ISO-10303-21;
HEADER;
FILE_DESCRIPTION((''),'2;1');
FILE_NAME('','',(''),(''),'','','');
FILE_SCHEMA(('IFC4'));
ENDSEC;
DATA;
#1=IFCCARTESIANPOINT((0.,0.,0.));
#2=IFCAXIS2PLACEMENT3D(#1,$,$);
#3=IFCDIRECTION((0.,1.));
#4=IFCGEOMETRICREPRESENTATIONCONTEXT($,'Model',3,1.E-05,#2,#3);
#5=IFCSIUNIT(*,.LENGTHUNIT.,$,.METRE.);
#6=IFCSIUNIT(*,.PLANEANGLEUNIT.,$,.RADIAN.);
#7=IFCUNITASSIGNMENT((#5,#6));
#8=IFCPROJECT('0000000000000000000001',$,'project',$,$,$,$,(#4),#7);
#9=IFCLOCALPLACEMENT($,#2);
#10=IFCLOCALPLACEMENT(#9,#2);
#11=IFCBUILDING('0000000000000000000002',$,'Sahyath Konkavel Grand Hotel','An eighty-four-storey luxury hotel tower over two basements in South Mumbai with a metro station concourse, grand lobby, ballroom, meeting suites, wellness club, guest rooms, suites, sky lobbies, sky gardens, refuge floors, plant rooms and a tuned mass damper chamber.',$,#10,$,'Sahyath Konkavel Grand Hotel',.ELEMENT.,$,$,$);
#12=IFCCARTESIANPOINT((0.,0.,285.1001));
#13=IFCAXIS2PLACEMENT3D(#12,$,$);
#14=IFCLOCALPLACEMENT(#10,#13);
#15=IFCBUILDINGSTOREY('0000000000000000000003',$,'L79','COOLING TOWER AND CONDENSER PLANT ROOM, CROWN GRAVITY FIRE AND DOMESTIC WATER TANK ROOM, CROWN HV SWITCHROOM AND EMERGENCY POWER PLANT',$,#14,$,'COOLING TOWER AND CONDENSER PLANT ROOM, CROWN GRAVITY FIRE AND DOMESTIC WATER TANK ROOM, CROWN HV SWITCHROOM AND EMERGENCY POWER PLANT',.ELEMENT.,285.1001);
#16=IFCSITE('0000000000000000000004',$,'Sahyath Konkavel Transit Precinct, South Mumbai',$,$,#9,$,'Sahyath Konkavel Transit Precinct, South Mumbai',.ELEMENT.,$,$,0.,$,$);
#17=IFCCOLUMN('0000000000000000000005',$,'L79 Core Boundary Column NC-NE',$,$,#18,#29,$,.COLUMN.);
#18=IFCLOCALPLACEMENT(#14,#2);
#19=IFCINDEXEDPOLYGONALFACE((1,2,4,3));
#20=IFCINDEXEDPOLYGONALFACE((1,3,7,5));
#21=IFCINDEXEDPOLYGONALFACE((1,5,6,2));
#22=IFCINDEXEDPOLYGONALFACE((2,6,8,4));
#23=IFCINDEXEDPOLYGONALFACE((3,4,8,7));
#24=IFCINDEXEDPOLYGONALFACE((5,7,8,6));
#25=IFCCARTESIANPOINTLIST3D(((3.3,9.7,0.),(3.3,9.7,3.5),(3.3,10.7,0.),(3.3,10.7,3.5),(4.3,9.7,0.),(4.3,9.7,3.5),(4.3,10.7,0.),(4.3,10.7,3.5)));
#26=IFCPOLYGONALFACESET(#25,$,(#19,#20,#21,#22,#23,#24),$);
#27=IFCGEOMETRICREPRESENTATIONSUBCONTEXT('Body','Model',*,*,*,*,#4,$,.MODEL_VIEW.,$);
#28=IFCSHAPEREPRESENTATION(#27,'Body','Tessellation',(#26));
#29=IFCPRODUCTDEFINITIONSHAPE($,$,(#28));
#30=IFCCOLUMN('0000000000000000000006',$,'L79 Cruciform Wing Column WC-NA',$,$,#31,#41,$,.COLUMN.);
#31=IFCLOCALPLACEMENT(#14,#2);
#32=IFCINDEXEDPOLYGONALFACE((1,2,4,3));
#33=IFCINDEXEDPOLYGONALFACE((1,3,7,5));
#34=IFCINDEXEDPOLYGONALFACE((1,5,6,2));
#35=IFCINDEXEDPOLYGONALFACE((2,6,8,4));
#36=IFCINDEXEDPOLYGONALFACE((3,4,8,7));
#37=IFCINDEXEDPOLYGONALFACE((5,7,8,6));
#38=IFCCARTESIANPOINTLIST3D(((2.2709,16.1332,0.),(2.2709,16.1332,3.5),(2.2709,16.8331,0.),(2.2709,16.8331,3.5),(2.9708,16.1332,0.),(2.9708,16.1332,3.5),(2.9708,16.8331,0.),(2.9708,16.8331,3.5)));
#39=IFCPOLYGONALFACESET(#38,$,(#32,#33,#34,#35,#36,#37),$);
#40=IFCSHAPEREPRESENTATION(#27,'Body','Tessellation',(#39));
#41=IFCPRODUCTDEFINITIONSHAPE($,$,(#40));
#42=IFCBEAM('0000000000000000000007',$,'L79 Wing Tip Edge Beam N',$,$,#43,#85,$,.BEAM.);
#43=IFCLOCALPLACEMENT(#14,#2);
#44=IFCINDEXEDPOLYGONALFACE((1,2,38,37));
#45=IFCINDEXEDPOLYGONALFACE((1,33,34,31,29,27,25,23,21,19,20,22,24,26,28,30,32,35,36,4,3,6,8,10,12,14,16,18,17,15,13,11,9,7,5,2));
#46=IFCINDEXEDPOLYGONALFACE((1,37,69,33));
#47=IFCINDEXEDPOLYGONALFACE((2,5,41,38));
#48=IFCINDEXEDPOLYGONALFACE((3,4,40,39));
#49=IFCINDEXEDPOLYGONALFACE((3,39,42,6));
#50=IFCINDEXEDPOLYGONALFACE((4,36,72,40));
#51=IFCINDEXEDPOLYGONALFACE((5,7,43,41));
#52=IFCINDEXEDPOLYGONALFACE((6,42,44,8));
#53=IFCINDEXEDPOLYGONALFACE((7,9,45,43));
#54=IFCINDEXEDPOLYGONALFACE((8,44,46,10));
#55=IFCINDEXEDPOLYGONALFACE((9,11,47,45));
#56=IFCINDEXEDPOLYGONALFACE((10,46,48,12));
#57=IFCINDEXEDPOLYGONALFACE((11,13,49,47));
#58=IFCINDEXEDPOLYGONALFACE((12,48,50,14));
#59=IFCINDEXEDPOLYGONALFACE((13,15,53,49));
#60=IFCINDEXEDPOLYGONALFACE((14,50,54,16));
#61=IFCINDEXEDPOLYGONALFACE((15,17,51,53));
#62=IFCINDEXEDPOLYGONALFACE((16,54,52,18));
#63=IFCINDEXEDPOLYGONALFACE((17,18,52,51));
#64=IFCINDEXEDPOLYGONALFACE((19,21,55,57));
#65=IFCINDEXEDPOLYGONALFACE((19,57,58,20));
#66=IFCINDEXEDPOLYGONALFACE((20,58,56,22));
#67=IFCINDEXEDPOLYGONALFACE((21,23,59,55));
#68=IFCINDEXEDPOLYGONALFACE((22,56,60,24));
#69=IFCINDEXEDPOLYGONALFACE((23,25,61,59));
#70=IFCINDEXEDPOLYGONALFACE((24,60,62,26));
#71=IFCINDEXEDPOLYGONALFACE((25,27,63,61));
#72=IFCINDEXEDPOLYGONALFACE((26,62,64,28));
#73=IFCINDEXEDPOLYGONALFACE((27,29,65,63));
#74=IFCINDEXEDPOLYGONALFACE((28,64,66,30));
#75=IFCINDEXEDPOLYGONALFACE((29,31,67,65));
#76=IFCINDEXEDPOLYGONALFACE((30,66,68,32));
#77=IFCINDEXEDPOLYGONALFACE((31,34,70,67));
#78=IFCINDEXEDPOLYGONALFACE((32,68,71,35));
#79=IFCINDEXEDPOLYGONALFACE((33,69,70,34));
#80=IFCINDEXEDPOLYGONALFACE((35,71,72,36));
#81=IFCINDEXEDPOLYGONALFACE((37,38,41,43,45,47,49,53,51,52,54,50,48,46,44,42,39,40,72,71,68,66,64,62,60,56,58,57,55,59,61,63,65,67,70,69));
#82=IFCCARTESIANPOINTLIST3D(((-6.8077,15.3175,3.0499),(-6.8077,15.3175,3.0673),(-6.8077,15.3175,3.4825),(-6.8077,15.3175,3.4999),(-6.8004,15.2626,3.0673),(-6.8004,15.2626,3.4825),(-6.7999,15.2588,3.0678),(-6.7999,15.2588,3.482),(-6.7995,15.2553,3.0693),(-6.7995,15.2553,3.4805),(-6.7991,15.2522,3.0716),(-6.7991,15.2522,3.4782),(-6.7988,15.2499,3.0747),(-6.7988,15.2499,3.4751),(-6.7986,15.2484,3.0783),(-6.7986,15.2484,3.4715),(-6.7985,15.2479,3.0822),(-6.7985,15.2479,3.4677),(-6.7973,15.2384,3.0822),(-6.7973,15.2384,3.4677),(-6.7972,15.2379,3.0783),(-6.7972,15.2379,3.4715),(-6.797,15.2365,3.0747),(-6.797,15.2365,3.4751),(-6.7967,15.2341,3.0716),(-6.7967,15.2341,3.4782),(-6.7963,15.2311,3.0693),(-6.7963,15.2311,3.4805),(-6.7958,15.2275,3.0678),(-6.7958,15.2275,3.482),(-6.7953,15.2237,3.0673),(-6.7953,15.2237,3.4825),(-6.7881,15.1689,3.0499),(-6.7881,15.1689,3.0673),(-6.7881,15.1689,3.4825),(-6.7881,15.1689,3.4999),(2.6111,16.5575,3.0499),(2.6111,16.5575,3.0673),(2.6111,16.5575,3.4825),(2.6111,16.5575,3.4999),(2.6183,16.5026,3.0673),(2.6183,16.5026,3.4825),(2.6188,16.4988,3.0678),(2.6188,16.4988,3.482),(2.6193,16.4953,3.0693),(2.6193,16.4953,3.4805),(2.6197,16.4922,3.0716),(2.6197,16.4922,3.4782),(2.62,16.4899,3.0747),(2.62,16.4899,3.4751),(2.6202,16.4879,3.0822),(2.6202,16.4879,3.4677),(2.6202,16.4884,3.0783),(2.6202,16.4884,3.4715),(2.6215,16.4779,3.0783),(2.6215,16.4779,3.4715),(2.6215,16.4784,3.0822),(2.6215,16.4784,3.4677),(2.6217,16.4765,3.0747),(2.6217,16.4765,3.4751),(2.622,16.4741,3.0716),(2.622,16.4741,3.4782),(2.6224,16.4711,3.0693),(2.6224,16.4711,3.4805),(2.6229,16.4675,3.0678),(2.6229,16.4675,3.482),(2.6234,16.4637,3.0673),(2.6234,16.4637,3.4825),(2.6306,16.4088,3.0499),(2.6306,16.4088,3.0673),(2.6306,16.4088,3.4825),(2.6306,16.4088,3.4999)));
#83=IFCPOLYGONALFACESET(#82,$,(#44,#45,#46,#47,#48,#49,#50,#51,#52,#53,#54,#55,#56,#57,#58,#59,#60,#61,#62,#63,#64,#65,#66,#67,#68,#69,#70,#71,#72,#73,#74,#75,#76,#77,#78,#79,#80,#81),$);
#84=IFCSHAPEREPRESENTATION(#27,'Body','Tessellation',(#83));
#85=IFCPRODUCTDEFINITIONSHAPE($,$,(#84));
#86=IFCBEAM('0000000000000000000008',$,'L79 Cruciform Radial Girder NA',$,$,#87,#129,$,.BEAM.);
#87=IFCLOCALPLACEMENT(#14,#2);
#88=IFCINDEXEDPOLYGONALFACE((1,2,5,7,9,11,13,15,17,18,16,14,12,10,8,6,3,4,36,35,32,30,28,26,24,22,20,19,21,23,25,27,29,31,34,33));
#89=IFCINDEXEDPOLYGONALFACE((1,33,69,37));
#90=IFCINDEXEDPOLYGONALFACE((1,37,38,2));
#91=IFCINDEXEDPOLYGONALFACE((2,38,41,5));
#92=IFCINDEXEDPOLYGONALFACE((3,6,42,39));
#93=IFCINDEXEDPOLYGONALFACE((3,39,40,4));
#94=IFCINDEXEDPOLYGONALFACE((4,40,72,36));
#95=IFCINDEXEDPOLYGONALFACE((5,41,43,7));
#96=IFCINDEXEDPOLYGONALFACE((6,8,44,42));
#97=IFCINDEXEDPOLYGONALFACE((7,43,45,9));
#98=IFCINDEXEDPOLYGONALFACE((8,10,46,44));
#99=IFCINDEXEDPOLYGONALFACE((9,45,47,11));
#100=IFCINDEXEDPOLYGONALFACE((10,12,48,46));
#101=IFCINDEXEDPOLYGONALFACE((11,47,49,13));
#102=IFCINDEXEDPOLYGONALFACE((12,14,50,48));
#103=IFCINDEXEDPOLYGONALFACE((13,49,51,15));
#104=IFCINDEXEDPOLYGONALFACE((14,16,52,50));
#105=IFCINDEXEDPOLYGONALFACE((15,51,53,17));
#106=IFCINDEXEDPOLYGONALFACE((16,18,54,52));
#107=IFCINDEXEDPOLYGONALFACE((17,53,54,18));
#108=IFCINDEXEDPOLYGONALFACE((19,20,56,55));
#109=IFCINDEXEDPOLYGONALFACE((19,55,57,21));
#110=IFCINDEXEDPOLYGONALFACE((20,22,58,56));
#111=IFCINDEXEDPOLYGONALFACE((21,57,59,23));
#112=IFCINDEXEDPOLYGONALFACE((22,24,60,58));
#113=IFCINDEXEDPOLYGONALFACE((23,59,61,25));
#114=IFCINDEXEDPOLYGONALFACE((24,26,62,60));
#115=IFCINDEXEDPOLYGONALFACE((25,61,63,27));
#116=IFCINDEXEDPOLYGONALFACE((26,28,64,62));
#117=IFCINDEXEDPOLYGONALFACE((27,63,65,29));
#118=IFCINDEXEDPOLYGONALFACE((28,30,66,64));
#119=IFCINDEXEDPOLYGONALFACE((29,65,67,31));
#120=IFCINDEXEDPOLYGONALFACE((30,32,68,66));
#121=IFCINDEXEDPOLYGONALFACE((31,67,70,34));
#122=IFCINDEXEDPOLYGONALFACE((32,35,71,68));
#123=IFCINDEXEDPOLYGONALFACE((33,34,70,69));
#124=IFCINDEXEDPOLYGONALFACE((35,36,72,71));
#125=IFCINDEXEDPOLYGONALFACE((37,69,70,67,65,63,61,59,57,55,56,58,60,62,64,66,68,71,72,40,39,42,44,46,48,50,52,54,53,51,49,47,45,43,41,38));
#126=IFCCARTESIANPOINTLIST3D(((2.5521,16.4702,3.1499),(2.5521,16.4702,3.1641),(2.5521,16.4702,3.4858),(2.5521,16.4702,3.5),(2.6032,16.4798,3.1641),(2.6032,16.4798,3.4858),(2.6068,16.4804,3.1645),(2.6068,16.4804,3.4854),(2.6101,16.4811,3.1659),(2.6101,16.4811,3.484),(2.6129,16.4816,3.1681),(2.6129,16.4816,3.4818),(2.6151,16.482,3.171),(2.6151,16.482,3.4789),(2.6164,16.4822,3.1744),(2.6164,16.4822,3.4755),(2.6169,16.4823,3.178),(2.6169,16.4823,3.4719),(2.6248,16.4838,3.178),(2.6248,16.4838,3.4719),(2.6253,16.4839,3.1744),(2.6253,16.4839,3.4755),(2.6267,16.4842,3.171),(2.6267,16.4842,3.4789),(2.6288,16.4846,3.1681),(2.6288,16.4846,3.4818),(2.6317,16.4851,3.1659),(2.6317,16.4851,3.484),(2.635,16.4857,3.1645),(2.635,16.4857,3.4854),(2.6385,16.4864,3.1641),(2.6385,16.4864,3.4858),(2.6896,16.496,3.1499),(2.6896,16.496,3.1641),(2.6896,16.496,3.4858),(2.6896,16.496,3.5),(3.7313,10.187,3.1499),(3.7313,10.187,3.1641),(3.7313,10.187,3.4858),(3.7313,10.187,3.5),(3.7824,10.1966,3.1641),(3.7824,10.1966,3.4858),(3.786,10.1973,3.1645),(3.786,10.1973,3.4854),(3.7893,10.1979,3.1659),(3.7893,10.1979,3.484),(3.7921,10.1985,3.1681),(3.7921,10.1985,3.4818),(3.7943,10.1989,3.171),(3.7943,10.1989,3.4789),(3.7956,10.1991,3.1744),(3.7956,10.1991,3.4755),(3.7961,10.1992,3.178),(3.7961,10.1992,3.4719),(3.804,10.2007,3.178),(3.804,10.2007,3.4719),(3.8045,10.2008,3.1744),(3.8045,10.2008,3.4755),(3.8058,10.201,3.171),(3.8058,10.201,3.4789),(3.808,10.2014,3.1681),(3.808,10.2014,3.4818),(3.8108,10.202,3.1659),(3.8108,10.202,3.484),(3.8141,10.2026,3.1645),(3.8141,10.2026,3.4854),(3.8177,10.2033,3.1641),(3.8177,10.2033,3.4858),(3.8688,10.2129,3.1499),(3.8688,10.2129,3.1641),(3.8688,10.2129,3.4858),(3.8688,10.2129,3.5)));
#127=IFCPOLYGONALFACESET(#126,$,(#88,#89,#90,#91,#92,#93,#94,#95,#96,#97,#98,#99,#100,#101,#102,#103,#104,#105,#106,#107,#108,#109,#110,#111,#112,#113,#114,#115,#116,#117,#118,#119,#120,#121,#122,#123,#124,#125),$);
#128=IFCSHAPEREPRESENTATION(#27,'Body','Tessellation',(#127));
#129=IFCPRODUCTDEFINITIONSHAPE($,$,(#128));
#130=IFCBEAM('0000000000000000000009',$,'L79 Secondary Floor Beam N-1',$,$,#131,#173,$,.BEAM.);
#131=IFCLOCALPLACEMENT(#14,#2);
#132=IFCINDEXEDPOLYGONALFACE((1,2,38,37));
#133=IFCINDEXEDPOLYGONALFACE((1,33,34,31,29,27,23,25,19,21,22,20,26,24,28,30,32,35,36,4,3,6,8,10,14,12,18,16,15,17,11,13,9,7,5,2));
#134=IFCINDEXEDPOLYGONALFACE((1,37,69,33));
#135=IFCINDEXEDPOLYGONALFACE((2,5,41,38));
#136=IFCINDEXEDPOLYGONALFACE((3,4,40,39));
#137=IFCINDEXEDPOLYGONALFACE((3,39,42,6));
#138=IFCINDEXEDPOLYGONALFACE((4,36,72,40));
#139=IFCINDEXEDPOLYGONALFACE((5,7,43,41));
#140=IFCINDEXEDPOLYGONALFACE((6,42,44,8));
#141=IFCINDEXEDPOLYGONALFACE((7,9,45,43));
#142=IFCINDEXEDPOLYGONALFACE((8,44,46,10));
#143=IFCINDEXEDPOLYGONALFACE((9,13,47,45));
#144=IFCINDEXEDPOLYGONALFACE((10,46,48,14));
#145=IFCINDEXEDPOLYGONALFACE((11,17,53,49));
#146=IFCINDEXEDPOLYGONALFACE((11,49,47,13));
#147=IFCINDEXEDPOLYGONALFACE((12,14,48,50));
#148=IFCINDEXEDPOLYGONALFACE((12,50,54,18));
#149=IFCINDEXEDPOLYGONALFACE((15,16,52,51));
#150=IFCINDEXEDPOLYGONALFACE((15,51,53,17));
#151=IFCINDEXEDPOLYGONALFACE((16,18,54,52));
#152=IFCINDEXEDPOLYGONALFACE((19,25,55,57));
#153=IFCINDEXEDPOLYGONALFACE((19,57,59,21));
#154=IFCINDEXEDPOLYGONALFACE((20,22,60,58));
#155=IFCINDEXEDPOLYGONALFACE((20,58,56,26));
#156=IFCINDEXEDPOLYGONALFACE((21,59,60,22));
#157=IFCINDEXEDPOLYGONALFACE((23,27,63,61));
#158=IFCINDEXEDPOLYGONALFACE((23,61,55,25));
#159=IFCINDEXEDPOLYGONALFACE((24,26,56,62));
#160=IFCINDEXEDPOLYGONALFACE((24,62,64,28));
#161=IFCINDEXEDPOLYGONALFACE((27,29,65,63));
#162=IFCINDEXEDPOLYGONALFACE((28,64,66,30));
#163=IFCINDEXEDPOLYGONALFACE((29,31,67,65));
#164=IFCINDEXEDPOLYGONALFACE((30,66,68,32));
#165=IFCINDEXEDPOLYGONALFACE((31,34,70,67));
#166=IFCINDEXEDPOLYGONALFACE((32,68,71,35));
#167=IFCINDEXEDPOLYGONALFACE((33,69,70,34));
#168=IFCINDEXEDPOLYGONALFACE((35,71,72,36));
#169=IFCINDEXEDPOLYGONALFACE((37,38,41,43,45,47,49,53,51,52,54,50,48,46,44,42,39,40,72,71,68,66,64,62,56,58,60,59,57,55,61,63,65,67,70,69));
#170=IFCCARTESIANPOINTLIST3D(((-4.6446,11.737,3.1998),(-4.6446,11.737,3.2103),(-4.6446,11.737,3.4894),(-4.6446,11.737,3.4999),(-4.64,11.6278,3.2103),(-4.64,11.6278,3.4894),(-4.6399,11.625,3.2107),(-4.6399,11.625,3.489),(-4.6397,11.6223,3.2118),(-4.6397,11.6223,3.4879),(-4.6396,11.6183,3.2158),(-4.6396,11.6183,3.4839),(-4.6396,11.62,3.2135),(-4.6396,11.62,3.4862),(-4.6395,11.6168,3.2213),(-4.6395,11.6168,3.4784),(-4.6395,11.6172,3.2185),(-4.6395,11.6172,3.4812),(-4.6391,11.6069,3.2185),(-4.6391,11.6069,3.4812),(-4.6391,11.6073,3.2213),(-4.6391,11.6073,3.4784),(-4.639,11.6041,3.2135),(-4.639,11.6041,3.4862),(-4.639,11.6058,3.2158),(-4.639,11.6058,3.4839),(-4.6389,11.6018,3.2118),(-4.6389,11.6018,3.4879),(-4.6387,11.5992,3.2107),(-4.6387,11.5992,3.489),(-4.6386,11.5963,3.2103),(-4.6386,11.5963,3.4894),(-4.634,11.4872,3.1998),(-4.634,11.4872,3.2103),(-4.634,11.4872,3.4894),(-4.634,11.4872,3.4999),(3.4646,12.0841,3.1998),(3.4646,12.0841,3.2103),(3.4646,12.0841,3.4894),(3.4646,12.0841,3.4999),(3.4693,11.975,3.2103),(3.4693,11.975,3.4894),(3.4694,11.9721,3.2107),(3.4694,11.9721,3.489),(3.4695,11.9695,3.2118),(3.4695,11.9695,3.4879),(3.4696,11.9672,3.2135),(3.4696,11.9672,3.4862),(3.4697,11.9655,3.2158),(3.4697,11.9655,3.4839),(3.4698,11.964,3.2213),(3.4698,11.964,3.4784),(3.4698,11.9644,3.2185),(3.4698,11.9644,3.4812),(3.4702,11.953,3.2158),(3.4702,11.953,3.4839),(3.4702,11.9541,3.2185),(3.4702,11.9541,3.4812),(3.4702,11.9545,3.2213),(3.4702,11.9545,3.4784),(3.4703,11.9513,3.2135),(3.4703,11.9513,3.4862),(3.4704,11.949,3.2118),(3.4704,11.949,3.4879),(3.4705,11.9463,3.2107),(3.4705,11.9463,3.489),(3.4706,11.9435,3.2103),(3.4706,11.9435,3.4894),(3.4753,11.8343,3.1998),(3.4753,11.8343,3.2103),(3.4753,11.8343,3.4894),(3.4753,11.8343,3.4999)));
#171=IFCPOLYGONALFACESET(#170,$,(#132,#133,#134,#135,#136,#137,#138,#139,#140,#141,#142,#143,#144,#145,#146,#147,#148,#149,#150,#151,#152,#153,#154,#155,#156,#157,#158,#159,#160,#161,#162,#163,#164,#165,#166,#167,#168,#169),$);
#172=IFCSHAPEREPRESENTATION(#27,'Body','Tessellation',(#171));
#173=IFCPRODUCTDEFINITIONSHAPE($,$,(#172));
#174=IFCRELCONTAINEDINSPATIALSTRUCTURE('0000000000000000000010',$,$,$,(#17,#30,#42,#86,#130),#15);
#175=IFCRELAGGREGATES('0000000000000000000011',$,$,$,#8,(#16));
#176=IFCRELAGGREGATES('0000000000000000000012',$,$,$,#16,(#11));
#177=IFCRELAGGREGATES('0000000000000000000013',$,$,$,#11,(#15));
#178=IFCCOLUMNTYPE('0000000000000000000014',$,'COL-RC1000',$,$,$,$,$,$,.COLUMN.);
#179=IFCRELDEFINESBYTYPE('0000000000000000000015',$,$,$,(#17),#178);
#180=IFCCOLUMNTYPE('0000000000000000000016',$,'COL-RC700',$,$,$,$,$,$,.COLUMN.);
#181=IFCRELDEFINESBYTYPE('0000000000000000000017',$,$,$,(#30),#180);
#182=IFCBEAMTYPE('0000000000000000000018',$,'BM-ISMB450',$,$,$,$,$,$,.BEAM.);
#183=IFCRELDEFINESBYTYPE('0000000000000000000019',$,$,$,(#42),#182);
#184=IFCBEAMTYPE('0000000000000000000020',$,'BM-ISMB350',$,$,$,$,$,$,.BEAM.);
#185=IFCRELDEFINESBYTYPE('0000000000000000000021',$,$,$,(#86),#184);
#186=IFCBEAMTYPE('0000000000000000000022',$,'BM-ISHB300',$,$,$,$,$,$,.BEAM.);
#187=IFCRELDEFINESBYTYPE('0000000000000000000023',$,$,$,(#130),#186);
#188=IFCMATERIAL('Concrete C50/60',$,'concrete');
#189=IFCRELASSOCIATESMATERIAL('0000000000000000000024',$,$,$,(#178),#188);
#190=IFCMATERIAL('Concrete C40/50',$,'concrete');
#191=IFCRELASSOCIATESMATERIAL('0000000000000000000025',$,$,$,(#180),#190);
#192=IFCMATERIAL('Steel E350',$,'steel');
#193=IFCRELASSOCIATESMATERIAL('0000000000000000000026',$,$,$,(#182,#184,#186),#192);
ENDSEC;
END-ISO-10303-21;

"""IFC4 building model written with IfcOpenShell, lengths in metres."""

from ifc_helpers import new_model, si_unit, direction, frame, origin, origin_2d, place, context, subcontext, project, spatial, rectangle, i_section, extrude, source, transform, mapped, material, material_profile, profile_set, type_object, element, save


model = new_model("IFC4")

# Units and contexts
model_context = context("Model", 3, precision=1e-05, world=origin(), true_north=direction((0.0, 1.0)))
body_context = subcontext(model_context, "Body", "Model", "MODEL_VIEW")
ifc_project = project(units=[si_unit("LENGTHUNIT", "METRE"), si_unit("PLANEANGLEUNIT", "RADIAN")], contexts=[model_context])

# Site, building, storey
site_placement = place(None, origin())
site = spatial("IfcSite", under=ifc_project, at=site_placement, Name="Sahyath Konkavel Transit Precinct, South Mumbai", LongName="Sahyath Konkavel Transit Precinct, South Mumbai", CompositionType="ELEMENT", RefElevation=0.0)
building_placement = place(site_placement, origin())
building = spatial("IfcBuilding", under=site, at=building_placement, Name="Sahyath Konkavel Grand Hotel", Description="An eighty-four-storey luxury hotel tower over two basements in South Mumbai with a metro station concourse, grand lobby, ballroom, meeting suites, wellness club, guest rooms, suites, sky lobbies, sky gardens, refuge floors, plant rooms and a tuned mass damper chamber.", LongName="Sahyath Konkavel Grand Hotel", CompositionType="ELEMENT")
storey_placement = place(building_placement, frame((0.0, 0.0, 285.1001)))
storey = spatial("IfcBuildingStorey", under=building, at=storey_placement, Name="L79", Description="COOLING TOWER AND CONDENSER PLANT ROOM, CROWN GRAVITY FIRE AND DOMESTIC WATER TANK ROOM, CROWN HV SWITCHROOM AND EMERGENCY POWER PLANT", LongName="COOLING TOWER AND CONDENSER PLANT ROOM, CROWN GRAVITY FIRE AND DOMESTIC WATER TANK ROOM, CROWN HV SWITCHROOM AND EMERGENCY POWER PLANT", CompositionType="ELEMENT", Elevation=285.1001)

# Columns
ifc_material_1 = material(Name="Concrete C50/60", Category="concrete")
ifc_material_profile_1 = material_profile(ifc_material_1, rectangle(XDim=1.0, YDim=1.0, at=origin_2d()), Name="RC 1000x1000")
ifc_profile_set_1 = profile_set([ifc_material_profile_1], Name="Concrete C50/60")
column_type_1 = type_object("IfcColumnType", Name="COL-RC1000", PredefinedType="COLUMN", material=ifc_profile_set_1)
shared_shape_1 = source(origin(), body_context, "Body", "SweptSolid", [
    extrude(rectangle(XDim=1.0, YDim=1.0, at=origin_2d()), origin(), (0.0, 0.0, 1.0), 3.5),
])
column_1_placement = place(storey_placement, frame((3.8, 10.2, 0.0), z_axis=(0.0, 0.0, 1.0), x_axis=(1.0, 0.0, 0.0)))
element("IfcColumn", 1, at=column_1_placement, inside=storey, type_object=column_type_1, Name="L79 Core Boundary Column NC-NE", PredefinedType="COLUMN", context=body_context, shape_type="MappedRepresentation", body=[
    mapped(shared_shape_1, transform((0.0, 0.0, 0.0), scale=1.0)),
])
ifc_material_2 = material(Name="Concrete C40/50", Category="concrete")
ifc_material_profile_2 = material_profile(ifc_material_2, rectangle(XDim=0.7, YDim=0.7, at=origin_2d()), Name="RC 700x700")
ifc_profile_set_2 = profile_set([ifc_material_profile_2], Name="Concrete C40/50")
column_type_2 = type_object("IfcColumnType", Name="COL-RC700", PredefinedType="COLUMN", material=ifc_profile_set_2)
shared_shape_2 = source(origin(), body_context, "Body", "SweptSolid", [
    extrude(rectangle(XDim=0.7, YDim=0.7, at=origin_2d()), origin(), (0.0, 0.0, 1.0), 3.5),
])
column_2_placement = place(storey_placement, frame((2.6208, 16.4832, 0.0), z_axis=(0.0, 0.0, 1.0), x_axis=(1.0, 0.0, 0.0)))
element("IfcColumn", 2, at=column_2_placement, inside=storey, type_object=column_type_2, Name="L79 Cruciform Wing Column WC-NA", PredefinedType="COLUMN", context=body_context, shape_type="MappedRepresentation", body=[
    mapped(shared_shape_2, transform((0.0, 0.0, 0.0), scale=1.0)),
])

# Beams
ifc_material_3 = material(Name="Steel E350", Category="steel")
ifc_material_profile_3 = material_profile(ifc_material_3, i_section(OverallWidth=0.1499, OverallDepth=0.45, WebThickness=0.0095, FlangeThickness=0.0173, FilletRadius=0.0149, at=origin_2d()), Name="ISMB 450")
ifc_profile_set_3 = profile_set([ifc_material_profile_3], Name="Steel E350")
beam_type_1 = type_object("IfcBeamType", Name="BM-ISMB450", PredefinedType="BEAM", material=ifc_profile_set_3)
shared_shape_3 = source(origin(), body_context, "Body", "SweptSolid", [
    extrude(i_section(OverallWidth=0.1499, OverallDepth=0.45, WebThickness=0.0095, FlangeThickness=0.0173, FilletRadius=0.0149, at=origin_2d()), origin(), (0.0, 0.0, 1.0), 9.5),
])
beam_1_placement = place(storey_placement, frame((2.6208, 16.4832, 3.2749), z_axis=(-0.991445, -0.130526, 0.0), x_axis=(0.130526, -0.991445, 0.0)))
element("IfcBeam", 3, at=beam_1_placement, inside=storey, type_object=beam_type_1, Name="L79 Wing Tip Edge Beam N", PredefinedType="BEAM", context=body_context, shape_type="MappedRepresentation", body=[
    mapped(shared_shape_3, transform((0.0, 0.0, 0.0), scale=1.0)),
])
ifc_material_profile_4 = material_profile(ifc_material_3, i_section(OverallWidth=0.1399, OverallDepth=0.3501, WebThickness=0.0081, FlangeThickness=0.0142, FilletRadius=0.0139, at=origin_2d()), Name="ISMB 350")
ifc_profile_set_4 = profile_set([ifc_material_profile_4], Name="Steel E350")
beam_type_2 = type_object("IfcBeamType", Name="BM-ISMB350", PredefinedType="BEAM", material=ifc_profile_set_4)
shared_shape_4 = source(origin(), body_context, "Body", "SweptSolid", [
    extrude(i_section(OverallWidth=0.1399, OverallDepth=0.3501, WebThickness=0.0081, FlangeThickness=0.0142, FilletRadius=0.0139, at=origin_2d()), origin(), (0.0, 0.0, 1.0), 6.3928),
])
beam_2_placement = place(storey_placement, frame((3.8, 10.2, 3.325), z_axis=(-0.184455, 0.982841, 0.0), x_axis=(-0.982841, -0.184455, 0.0)))
element("IfcBeam", 4, at=beam_2_placement, inside=storey, type_object=beam_type_2, Name="L79 Cruciform Radial Girder NA", PredefinedType="BEAM", context=body_context, shape_type="MappedRepresentation", body=[
    mapped(shared_shape_4, transform((0.0, 0.0, 0.0), scale=1.0)),
])
ifc_material_profile_5 = material_profile(ifc_material_3, i_section(OverallWidth=0.25, OverallDepth=0.3, WebThickness=0.0095, FlangeThickness=0.0105, FilletRadius=0.011, at=origin_2d()), Name="ISHB 300")
ifc_profile_set_5 = profile_set([ifc_material_profile_5], Name="Steel E350")
beam_type_3 = type_object("IfcBeamType", Name="BM-ISHB300", PredefinedType="BEAM", material=ifc_profile_set_5)
shared_shape_5 = source(origin(), body_context, "Body", "SweptSolid", [
    extrude(i_section(OverallWidth=0.25, OverallDepth=0.3, WebThickness=0.0095, FlangeThickness=0.0105, FilletRadius=0.011, at=origin_2d()), origin(), (0.0, 0.0, 1.0), 8.1167),
])
beam_3_placement = place(storey_placement, frame((3.47, 11.9592, 3.3499), z_axis=(-0.999085, -0.042772, 0.0), x_axis=(0.042772, -0.999085, 0.0)))
element("IfcBeam", 5, at=beam_3_placement, inside=storey, type_object=beam_type_3, Name="L79 Secondary Floor Beam N-1", PredefinedType="BEAM", context=body_context, shape_type="MappedRepresentation", body=[
    mapped(shared_shape_5, transform((0.0, 0.0, 0.0), scale=1.0)),
])

save(model, "model.ifc")
